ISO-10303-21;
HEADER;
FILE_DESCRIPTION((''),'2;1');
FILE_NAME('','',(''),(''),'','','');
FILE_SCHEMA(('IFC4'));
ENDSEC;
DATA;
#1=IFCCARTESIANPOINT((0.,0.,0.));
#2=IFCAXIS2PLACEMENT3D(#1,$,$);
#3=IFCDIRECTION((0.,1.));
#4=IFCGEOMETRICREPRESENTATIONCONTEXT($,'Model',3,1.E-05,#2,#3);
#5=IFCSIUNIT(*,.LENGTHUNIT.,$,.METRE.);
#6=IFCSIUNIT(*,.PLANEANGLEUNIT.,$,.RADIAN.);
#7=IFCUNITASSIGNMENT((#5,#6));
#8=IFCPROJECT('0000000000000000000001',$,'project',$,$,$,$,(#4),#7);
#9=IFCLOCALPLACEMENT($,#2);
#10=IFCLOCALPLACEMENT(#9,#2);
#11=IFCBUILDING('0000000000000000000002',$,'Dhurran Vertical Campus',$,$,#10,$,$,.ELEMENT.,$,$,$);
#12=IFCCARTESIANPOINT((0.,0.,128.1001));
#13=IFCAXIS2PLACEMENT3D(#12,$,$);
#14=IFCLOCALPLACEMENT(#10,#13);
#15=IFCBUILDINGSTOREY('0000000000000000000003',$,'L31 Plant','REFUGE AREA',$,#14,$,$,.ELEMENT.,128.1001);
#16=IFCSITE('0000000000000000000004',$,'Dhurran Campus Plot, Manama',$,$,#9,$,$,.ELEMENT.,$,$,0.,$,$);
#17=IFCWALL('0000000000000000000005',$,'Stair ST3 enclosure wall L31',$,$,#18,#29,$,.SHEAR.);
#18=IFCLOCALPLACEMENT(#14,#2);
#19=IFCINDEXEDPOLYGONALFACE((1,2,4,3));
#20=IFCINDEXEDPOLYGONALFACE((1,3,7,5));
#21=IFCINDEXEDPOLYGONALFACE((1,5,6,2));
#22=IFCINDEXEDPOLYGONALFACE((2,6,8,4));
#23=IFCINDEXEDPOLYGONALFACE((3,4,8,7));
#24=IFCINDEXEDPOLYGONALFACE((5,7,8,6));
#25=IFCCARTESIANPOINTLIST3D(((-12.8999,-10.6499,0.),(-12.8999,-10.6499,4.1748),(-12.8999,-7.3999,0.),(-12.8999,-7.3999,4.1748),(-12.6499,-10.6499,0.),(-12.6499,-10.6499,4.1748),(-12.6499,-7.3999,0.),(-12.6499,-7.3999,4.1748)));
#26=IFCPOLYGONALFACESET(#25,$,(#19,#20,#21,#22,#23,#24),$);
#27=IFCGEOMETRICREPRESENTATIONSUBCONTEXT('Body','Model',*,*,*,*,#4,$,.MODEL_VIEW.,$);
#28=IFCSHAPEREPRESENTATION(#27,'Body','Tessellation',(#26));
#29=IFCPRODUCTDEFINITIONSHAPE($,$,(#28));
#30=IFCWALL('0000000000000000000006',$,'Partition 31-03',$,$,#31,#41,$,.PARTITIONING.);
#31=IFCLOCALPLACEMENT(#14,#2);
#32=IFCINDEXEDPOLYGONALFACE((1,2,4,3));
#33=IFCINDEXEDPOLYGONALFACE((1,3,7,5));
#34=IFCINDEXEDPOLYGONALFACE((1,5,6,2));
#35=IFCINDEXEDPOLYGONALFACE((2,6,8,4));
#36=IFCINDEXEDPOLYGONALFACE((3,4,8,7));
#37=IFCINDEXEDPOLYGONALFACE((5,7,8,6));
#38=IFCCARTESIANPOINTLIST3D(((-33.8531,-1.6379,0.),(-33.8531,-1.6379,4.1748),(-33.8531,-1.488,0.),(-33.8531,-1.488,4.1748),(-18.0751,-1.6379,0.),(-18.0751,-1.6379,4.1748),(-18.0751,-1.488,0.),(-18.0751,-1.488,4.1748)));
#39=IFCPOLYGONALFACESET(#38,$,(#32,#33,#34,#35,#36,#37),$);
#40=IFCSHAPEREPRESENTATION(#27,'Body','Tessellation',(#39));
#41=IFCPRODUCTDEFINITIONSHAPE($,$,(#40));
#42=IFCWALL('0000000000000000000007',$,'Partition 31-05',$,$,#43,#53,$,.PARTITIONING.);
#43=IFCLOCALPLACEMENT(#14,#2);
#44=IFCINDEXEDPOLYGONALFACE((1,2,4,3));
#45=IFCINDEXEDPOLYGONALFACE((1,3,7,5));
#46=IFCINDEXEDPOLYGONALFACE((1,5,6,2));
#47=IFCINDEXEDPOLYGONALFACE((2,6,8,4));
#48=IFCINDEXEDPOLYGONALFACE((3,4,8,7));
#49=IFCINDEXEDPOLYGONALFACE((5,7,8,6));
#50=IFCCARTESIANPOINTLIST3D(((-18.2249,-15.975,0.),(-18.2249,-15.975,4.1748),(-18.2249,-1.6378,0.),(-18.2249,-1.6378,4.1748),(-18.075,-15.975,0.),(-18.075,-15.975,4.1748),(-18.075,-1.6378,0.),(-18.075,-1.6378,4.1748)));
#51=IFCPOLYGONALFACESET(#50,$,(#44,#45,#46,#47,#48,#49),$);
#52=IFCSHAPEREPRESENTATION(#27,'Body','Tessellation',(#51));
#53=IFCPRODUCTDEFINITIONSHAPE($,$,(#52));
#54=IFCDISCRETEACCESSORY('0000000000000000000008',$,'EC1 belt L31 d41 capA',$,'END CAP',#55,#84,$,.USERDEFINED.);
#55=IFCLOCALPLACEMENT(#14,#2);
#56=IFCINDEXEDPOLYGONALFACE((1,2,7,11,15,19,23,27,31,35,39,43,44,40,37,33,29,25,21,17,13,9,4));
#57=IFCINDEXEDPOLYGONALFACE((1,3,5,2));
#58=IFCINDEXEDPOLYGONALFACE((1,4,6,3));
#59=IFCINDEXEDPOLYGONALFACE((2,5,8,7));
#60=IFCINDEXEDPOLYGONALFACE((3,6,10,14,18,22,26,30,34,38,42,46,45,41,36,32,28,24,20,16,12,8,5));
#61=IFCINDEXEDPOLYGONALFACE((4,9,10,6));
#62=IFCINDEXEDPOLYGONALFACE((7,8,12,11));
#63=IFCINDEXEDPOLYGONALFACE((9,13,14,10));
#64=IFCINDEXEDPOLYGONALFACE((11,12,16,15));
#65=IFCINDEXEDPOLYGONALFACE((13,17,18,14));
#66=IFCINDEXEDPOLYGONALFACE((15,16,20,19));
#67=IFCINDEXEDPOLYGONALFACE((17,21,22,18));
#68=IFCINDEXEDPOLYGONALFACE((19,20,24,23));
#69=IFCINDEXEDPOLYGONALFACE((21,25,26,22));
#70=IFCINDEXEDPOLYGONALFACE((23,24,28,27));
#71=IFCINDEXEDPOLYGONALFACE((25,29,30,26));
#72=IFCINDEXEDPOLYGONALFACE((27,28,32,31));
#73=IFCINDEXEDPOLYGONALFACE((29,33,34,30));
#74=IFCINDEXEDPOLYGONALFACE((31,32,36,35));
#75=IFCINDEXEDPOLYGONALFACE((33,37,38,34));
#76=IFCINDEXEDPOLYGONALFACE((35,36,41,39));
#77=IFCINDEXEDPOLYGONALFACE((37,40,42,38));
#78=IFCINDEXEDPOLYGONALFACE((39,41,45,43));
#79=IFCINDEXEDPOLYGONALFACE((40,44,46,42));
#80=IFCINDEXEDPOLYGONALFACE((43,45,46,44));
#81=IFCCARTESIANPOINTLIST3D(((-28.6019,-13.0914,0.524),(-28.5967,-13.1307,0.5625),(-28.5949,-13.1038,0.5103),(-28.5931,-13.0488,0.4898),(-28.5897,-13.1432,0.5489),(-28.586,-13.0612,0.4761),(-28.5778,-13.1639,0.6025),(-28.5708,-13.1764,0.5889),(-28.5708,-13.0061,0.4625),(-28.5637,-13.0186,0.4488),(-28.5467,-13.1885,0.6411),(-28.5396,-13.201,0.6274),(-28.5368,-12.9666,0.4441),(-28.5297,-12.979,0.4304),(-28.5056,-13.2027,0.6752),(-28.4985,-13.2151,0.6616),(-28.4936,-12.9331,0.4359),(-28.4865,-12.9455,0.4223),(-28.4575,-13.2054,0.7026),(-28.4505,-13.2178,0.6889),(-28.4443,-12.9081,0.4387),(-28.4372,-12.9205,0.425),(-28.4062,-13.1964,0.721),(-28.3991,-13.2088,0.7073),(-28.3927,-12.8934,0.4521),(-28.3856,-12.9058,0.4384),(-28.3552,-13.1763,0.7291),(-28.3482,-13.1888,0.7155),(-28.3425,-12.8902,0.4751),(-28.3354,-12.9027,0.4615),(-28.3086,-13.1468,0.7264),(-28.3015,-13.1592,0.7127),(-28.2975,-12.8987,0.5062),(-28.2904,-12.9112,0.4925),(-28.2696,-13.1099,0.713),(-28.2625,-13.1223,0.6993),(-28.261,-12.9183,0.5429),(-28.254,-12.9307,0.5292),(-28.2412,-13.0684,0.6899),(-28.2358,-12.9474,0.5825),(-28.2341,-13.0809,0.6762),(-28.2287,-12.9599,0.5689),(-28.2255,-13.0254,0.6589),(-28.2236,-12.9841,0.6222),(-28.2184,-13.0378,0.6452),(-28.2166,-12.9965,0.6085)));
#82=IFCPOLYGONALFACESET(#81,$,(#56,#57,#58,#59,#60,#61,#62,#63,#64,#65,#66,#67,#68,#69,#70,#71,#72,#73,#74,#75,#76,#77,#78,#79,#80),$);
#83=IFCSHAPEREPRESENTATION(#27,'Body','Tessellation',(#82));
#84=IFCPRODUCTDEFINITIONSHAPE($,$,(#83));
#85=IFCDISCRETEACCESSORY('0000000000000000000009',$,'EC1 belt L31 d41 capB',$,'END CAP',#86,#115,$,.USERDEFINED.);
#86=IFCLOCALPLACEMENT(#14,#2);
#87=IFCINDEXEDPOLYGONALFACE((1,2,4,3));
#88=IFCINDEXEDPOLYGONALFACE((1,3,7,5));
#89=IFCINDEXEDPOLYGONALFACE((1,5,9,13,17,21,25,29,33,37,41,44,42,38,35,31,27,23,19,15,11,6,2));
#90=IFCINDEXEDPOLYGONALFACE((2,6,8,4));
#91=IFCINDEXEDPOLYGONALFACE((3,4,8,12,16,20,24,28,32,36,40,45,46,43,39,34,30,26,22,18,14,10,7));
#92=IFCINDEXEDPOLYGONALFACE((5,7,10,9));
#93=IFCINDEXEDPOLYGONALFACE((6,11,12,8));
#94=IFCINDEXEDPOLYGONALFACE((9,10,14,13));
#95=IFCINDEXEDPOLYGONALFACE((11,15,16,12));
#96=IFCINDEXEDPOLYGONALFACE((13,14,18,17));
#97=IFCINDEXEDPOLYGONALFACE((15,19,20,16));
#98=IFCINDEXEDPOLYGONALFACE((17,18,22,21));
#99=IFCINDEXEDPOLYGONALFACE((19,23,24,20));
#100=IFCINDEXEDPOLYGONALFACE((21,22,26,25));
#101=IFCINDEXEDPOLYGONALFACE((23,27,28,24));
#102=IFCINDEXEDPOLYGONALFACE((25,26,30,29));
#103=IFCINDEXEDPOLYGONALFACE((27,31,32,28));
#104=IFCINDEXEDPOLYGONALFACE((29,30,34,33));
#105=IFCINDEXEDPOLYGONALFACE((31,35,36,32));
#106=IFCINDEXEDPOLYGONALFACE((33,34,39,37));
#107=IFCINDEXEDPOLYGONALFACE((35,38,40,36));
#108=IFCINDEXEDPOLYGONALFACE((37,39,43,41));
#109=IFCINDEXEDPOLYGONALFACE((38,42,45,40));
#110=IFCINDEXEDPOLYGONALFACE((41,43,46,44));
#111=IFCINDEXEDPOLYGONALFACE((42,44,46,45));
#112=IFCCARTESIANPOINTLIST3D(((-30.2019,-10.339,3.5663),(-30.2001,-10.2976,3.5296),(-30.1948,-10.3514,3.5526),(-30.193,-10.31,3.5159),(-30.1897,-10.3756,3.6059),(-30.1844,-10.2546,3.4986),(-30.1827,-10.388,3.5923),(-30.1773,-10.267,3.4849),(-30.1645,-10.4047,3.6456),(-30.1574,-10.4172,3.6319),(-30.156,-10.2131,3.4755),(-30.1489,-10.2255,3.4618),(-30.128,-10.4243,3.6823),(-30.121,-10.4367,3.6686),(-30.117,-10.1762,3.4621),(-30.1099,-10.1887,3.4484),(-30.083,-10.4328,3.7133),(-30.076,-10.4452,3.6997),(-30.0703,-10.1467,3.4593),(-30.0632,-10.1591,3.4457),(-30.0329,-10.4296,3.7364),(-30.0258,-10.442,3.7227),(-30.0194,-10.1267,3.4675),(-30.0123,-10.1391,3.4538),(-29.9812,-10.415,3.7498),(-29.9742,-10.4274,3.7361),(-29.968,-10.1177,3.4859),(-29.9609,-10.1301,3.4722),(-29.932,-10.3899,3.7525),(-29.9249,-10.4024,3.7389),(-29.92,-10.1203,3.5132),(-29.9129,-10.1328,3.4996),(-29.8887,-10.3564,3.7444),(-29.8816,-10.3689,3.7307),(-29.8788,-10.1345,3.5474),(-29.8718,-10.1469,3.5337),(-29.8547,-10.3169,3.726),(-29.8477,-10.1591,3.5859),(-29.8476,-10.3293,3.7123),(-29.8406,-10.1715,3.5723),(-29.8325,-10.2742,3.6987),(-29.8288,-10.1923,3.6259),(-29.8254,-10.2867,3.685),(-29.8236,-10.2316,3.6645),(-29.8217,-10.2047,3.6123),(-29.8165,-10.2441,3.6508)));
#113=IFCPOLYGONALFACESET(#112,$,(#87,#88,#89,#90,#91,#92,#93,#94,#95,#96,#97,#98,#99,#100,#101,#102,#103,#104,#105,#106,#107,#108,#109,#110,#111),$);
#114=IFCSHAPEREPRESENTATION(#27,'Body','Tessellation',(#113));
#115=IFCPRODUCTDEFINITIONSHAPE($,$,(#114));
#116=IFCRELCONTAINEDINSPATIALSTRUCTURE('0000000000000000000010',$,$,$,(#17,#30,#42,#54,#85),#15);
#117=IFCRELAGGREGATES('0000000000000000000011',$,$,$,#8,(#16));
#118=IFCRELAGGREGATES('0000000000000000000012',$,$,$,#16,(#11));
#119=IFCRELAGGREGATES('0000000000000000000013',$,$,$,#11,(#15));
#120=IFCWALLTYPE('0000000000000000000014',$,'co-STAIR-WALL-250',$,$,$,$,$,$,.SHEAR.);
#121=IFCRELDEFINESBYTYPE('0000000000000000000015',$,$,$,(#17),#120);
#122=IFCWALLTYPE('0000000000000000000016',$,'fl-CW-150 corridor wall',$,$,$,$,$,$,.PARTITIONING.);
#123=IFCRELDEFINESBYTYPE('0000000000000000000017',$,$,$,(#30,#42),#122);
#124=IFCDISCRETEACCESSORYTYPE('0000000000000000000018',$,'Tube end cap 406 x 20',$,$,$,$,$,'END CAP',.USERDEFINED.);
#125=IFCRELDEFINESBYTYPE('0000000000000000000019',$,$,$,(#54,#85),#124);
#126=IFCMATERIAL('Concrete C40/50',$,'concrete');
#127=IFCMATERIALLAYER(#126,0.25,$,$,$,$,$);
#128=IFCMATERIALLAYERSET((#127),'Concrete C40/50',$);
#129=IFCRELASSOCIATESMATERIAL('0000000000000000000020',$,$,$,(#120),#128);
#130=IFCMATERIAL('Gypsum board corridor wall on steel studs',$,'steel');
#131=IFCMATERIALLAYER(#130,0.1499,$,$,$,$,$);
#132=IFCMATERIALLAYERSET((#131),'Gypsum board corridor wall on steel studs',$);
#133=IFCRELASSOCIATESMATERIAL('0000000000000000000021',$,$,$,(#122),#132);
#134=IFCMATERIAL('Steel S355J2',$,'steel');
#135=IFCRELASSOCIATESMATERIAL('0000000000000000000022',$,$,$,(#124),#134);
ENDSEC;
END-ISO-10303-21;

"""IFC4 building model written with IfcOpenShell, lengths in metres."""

from ifc_helpers import new_model, si_unit, direction, frame, frame_2d, origin, origin_2d, place, context, subcontext, project, spatial, rectangle, circle, extrude, material, layer, layer_set, material_profile, profile_set, type_object, element, save


model = new_model("IFC4")

# Units and contexts
model_context = context("Model", 3, precision=1e-05, world=origin(), true_north=direction((0.0, 1.0)))
body_context = subcontext(model_context, "Body", "Model", "MODEL_VIEW")
ifc_project = project(units=[si_unit("LENGTHUNIT", "METRE"), si_unit("PLANEANGLEUNIT", "RADIAN")], contexts=[model_context])

# Site, building, storey
site_placement = place(None, origin())
site = spatial("IfcSite", under=ifc_project, at=site_placement, Name="Dhurran Campus Plot, Manama", CompositionType="ELEMENT", RefElevation=0.0)
building_placement = place(site_placement, origin())
building = spatial("IfcBuilding", under=site, at=building_placement, Name="Dhurran Vertical Campus", CompositionType="ELEMENT")
storey_placement = place(building_placement, frame((0.0, 0.0, 128.1001)))
storey = spatial("IfcBuildingStorey", under=building, at=storey_placement, Name="L31 Plant", Description="REFUGE AREA", CompositionType="ELEMENT", Elevation=128.1001)

# Shared definitions
ifc_material_1 = material(Name="Concrete C40/50", Category="concrete")
ifc_layer_1 = layer(ifc_material_1, 0.25)
ifc_layer_set_1 = layer_set([ifc_layer_1], Name="Concrete C40/50")
wall_type_1 = type_object("IfcWallType", Name="co-STAIR-WALL-250", PredefinedType="SHEAR", material=ifc_layer_set_1)

# Walls
wall_1_placement = place(storey_placement, frame((-12.7749, -10.6499, 0.0), z_axis=(0.0, 0.0, 1.0), x_axis=(0.0, 1.0, 0.0)))
element("IfcWall", 1, at=wall_1_placement, inside=storey, type_object=wall_type_1, Name="Stair ST3 enclosure wall L31", PredefinedType="SHEAR", context=body_context, shape_type="SweptSolid", body=[
    extrude(rectangle(XDim=3.25, YDim=0.25, at=frame_2d((1.625, 0.0))), origin(), (0.0, 0.0, 1.0), 4.1748),
])
ifc_material_2 = material(Name="Gypsum board corridor wall on steel studs", Category="steel")
ifc_layer_2 = layer(ifc_material_2, 0.1499)
ifc_layer_set_2 = layer_set([ifc_layer_2], Name="Gypsum board corridor wall on steel studs")
wall_type_2 = type_object("IfcWallType", Name="fl-CW-150 corridor wall", PredefinedType="PARTITIONING", material=ifc_layer_set_2)
wall_2_placement = place(storey_placement, frame((-18.075, -1.563, 0.0), z_axis=(0.0, 0.0, 1.0), x_axis=(-1.0, 0.0, 0.0)))
element("IfcWall", 2, at=wall_2_placement, inside=storey, type_object=wall_type_2, Name="Partition 31-03", PredefinedType="PARTITIONING", context=body_context, shape_type="SweptSolid", body=[
    extrude(rectangle(XDim=15.7781, YDim=0.1499, at=frame_2d((7.8892, 0.0))), origin(), (0.0, 0.0, 1.0), 4.1748),
])
wall_3_placement = place(storey_placement, frame((-18.1499, -1.6379, 0.0), z_axis=(0.0, 0.0, 1.0), x_axis=(0.0, -1.0, 0.0)))
element("IfcWall", 3, at=wall_3_placement, inside=storey, type_object=wall_type_2, Name="Partition 31-05", PredefinedType="PARTITIONING", context=body_context, shape_type="SweptSolid", body=[
    extrude(rectangle(XDim=14.3372, YDim=0.1499, at=frame_2d((7.1685, 0.0))), origin(), (0.0, 0.0, 1.0), 4.1748),
])

# Discrete accessories
ifc_material_3 = material(Name="Steel S355J2", Category="steel")
ifc_material_profile_1 = material_profile(ifc_material_3, circle(Radius=0.2031, at=origin_2d()), Name="Tube end cap 406 x 20")
ifc_profile_set_1 = profile_set([ifc_material_profile_1], Name="Steel S355J2")
discrete_accessory_type = type_object("IfcDiscreteAccessoryType", Name="Tube end cap 406 x 20", ElementType="END CAP", PredefinedType="USERDEFINED", material=ifc_profile_set_1)
for number, where, z_axis, x_axis, name in (
    (4, (-28.4124, -13.0479, 0.5825), (0.357562, -0.628816, -0.690464), (0.86929, 0.494302, 0.0), "EC1 belt L31 d41 capA"),
    (5, (-30.0061, -10.2876, 3.5923), (-0.357562, 0.628816, 0.690464), (-0.86929, -0.494302, 0.0), "EC1 belt L31 d41 capB"),
):
    element("IfcDiscreteAccessory", number, at=place(storey_placement, frame(where, z_axis=z_axis, x_axis=x_axis)), inside=storey, type_object=discrete_accessory_type, Name=name, ObjectType="END CAP", PredefinedType="USERDEFINED", context=body_context, shape_type="SweptSolid", body=[
        extrude(circle(Radius=0.2031, at=origin_2d()), origin(), (0.0, 0.0, 1.0), 0.0198),
    ])

save(model, "model.ifc")
